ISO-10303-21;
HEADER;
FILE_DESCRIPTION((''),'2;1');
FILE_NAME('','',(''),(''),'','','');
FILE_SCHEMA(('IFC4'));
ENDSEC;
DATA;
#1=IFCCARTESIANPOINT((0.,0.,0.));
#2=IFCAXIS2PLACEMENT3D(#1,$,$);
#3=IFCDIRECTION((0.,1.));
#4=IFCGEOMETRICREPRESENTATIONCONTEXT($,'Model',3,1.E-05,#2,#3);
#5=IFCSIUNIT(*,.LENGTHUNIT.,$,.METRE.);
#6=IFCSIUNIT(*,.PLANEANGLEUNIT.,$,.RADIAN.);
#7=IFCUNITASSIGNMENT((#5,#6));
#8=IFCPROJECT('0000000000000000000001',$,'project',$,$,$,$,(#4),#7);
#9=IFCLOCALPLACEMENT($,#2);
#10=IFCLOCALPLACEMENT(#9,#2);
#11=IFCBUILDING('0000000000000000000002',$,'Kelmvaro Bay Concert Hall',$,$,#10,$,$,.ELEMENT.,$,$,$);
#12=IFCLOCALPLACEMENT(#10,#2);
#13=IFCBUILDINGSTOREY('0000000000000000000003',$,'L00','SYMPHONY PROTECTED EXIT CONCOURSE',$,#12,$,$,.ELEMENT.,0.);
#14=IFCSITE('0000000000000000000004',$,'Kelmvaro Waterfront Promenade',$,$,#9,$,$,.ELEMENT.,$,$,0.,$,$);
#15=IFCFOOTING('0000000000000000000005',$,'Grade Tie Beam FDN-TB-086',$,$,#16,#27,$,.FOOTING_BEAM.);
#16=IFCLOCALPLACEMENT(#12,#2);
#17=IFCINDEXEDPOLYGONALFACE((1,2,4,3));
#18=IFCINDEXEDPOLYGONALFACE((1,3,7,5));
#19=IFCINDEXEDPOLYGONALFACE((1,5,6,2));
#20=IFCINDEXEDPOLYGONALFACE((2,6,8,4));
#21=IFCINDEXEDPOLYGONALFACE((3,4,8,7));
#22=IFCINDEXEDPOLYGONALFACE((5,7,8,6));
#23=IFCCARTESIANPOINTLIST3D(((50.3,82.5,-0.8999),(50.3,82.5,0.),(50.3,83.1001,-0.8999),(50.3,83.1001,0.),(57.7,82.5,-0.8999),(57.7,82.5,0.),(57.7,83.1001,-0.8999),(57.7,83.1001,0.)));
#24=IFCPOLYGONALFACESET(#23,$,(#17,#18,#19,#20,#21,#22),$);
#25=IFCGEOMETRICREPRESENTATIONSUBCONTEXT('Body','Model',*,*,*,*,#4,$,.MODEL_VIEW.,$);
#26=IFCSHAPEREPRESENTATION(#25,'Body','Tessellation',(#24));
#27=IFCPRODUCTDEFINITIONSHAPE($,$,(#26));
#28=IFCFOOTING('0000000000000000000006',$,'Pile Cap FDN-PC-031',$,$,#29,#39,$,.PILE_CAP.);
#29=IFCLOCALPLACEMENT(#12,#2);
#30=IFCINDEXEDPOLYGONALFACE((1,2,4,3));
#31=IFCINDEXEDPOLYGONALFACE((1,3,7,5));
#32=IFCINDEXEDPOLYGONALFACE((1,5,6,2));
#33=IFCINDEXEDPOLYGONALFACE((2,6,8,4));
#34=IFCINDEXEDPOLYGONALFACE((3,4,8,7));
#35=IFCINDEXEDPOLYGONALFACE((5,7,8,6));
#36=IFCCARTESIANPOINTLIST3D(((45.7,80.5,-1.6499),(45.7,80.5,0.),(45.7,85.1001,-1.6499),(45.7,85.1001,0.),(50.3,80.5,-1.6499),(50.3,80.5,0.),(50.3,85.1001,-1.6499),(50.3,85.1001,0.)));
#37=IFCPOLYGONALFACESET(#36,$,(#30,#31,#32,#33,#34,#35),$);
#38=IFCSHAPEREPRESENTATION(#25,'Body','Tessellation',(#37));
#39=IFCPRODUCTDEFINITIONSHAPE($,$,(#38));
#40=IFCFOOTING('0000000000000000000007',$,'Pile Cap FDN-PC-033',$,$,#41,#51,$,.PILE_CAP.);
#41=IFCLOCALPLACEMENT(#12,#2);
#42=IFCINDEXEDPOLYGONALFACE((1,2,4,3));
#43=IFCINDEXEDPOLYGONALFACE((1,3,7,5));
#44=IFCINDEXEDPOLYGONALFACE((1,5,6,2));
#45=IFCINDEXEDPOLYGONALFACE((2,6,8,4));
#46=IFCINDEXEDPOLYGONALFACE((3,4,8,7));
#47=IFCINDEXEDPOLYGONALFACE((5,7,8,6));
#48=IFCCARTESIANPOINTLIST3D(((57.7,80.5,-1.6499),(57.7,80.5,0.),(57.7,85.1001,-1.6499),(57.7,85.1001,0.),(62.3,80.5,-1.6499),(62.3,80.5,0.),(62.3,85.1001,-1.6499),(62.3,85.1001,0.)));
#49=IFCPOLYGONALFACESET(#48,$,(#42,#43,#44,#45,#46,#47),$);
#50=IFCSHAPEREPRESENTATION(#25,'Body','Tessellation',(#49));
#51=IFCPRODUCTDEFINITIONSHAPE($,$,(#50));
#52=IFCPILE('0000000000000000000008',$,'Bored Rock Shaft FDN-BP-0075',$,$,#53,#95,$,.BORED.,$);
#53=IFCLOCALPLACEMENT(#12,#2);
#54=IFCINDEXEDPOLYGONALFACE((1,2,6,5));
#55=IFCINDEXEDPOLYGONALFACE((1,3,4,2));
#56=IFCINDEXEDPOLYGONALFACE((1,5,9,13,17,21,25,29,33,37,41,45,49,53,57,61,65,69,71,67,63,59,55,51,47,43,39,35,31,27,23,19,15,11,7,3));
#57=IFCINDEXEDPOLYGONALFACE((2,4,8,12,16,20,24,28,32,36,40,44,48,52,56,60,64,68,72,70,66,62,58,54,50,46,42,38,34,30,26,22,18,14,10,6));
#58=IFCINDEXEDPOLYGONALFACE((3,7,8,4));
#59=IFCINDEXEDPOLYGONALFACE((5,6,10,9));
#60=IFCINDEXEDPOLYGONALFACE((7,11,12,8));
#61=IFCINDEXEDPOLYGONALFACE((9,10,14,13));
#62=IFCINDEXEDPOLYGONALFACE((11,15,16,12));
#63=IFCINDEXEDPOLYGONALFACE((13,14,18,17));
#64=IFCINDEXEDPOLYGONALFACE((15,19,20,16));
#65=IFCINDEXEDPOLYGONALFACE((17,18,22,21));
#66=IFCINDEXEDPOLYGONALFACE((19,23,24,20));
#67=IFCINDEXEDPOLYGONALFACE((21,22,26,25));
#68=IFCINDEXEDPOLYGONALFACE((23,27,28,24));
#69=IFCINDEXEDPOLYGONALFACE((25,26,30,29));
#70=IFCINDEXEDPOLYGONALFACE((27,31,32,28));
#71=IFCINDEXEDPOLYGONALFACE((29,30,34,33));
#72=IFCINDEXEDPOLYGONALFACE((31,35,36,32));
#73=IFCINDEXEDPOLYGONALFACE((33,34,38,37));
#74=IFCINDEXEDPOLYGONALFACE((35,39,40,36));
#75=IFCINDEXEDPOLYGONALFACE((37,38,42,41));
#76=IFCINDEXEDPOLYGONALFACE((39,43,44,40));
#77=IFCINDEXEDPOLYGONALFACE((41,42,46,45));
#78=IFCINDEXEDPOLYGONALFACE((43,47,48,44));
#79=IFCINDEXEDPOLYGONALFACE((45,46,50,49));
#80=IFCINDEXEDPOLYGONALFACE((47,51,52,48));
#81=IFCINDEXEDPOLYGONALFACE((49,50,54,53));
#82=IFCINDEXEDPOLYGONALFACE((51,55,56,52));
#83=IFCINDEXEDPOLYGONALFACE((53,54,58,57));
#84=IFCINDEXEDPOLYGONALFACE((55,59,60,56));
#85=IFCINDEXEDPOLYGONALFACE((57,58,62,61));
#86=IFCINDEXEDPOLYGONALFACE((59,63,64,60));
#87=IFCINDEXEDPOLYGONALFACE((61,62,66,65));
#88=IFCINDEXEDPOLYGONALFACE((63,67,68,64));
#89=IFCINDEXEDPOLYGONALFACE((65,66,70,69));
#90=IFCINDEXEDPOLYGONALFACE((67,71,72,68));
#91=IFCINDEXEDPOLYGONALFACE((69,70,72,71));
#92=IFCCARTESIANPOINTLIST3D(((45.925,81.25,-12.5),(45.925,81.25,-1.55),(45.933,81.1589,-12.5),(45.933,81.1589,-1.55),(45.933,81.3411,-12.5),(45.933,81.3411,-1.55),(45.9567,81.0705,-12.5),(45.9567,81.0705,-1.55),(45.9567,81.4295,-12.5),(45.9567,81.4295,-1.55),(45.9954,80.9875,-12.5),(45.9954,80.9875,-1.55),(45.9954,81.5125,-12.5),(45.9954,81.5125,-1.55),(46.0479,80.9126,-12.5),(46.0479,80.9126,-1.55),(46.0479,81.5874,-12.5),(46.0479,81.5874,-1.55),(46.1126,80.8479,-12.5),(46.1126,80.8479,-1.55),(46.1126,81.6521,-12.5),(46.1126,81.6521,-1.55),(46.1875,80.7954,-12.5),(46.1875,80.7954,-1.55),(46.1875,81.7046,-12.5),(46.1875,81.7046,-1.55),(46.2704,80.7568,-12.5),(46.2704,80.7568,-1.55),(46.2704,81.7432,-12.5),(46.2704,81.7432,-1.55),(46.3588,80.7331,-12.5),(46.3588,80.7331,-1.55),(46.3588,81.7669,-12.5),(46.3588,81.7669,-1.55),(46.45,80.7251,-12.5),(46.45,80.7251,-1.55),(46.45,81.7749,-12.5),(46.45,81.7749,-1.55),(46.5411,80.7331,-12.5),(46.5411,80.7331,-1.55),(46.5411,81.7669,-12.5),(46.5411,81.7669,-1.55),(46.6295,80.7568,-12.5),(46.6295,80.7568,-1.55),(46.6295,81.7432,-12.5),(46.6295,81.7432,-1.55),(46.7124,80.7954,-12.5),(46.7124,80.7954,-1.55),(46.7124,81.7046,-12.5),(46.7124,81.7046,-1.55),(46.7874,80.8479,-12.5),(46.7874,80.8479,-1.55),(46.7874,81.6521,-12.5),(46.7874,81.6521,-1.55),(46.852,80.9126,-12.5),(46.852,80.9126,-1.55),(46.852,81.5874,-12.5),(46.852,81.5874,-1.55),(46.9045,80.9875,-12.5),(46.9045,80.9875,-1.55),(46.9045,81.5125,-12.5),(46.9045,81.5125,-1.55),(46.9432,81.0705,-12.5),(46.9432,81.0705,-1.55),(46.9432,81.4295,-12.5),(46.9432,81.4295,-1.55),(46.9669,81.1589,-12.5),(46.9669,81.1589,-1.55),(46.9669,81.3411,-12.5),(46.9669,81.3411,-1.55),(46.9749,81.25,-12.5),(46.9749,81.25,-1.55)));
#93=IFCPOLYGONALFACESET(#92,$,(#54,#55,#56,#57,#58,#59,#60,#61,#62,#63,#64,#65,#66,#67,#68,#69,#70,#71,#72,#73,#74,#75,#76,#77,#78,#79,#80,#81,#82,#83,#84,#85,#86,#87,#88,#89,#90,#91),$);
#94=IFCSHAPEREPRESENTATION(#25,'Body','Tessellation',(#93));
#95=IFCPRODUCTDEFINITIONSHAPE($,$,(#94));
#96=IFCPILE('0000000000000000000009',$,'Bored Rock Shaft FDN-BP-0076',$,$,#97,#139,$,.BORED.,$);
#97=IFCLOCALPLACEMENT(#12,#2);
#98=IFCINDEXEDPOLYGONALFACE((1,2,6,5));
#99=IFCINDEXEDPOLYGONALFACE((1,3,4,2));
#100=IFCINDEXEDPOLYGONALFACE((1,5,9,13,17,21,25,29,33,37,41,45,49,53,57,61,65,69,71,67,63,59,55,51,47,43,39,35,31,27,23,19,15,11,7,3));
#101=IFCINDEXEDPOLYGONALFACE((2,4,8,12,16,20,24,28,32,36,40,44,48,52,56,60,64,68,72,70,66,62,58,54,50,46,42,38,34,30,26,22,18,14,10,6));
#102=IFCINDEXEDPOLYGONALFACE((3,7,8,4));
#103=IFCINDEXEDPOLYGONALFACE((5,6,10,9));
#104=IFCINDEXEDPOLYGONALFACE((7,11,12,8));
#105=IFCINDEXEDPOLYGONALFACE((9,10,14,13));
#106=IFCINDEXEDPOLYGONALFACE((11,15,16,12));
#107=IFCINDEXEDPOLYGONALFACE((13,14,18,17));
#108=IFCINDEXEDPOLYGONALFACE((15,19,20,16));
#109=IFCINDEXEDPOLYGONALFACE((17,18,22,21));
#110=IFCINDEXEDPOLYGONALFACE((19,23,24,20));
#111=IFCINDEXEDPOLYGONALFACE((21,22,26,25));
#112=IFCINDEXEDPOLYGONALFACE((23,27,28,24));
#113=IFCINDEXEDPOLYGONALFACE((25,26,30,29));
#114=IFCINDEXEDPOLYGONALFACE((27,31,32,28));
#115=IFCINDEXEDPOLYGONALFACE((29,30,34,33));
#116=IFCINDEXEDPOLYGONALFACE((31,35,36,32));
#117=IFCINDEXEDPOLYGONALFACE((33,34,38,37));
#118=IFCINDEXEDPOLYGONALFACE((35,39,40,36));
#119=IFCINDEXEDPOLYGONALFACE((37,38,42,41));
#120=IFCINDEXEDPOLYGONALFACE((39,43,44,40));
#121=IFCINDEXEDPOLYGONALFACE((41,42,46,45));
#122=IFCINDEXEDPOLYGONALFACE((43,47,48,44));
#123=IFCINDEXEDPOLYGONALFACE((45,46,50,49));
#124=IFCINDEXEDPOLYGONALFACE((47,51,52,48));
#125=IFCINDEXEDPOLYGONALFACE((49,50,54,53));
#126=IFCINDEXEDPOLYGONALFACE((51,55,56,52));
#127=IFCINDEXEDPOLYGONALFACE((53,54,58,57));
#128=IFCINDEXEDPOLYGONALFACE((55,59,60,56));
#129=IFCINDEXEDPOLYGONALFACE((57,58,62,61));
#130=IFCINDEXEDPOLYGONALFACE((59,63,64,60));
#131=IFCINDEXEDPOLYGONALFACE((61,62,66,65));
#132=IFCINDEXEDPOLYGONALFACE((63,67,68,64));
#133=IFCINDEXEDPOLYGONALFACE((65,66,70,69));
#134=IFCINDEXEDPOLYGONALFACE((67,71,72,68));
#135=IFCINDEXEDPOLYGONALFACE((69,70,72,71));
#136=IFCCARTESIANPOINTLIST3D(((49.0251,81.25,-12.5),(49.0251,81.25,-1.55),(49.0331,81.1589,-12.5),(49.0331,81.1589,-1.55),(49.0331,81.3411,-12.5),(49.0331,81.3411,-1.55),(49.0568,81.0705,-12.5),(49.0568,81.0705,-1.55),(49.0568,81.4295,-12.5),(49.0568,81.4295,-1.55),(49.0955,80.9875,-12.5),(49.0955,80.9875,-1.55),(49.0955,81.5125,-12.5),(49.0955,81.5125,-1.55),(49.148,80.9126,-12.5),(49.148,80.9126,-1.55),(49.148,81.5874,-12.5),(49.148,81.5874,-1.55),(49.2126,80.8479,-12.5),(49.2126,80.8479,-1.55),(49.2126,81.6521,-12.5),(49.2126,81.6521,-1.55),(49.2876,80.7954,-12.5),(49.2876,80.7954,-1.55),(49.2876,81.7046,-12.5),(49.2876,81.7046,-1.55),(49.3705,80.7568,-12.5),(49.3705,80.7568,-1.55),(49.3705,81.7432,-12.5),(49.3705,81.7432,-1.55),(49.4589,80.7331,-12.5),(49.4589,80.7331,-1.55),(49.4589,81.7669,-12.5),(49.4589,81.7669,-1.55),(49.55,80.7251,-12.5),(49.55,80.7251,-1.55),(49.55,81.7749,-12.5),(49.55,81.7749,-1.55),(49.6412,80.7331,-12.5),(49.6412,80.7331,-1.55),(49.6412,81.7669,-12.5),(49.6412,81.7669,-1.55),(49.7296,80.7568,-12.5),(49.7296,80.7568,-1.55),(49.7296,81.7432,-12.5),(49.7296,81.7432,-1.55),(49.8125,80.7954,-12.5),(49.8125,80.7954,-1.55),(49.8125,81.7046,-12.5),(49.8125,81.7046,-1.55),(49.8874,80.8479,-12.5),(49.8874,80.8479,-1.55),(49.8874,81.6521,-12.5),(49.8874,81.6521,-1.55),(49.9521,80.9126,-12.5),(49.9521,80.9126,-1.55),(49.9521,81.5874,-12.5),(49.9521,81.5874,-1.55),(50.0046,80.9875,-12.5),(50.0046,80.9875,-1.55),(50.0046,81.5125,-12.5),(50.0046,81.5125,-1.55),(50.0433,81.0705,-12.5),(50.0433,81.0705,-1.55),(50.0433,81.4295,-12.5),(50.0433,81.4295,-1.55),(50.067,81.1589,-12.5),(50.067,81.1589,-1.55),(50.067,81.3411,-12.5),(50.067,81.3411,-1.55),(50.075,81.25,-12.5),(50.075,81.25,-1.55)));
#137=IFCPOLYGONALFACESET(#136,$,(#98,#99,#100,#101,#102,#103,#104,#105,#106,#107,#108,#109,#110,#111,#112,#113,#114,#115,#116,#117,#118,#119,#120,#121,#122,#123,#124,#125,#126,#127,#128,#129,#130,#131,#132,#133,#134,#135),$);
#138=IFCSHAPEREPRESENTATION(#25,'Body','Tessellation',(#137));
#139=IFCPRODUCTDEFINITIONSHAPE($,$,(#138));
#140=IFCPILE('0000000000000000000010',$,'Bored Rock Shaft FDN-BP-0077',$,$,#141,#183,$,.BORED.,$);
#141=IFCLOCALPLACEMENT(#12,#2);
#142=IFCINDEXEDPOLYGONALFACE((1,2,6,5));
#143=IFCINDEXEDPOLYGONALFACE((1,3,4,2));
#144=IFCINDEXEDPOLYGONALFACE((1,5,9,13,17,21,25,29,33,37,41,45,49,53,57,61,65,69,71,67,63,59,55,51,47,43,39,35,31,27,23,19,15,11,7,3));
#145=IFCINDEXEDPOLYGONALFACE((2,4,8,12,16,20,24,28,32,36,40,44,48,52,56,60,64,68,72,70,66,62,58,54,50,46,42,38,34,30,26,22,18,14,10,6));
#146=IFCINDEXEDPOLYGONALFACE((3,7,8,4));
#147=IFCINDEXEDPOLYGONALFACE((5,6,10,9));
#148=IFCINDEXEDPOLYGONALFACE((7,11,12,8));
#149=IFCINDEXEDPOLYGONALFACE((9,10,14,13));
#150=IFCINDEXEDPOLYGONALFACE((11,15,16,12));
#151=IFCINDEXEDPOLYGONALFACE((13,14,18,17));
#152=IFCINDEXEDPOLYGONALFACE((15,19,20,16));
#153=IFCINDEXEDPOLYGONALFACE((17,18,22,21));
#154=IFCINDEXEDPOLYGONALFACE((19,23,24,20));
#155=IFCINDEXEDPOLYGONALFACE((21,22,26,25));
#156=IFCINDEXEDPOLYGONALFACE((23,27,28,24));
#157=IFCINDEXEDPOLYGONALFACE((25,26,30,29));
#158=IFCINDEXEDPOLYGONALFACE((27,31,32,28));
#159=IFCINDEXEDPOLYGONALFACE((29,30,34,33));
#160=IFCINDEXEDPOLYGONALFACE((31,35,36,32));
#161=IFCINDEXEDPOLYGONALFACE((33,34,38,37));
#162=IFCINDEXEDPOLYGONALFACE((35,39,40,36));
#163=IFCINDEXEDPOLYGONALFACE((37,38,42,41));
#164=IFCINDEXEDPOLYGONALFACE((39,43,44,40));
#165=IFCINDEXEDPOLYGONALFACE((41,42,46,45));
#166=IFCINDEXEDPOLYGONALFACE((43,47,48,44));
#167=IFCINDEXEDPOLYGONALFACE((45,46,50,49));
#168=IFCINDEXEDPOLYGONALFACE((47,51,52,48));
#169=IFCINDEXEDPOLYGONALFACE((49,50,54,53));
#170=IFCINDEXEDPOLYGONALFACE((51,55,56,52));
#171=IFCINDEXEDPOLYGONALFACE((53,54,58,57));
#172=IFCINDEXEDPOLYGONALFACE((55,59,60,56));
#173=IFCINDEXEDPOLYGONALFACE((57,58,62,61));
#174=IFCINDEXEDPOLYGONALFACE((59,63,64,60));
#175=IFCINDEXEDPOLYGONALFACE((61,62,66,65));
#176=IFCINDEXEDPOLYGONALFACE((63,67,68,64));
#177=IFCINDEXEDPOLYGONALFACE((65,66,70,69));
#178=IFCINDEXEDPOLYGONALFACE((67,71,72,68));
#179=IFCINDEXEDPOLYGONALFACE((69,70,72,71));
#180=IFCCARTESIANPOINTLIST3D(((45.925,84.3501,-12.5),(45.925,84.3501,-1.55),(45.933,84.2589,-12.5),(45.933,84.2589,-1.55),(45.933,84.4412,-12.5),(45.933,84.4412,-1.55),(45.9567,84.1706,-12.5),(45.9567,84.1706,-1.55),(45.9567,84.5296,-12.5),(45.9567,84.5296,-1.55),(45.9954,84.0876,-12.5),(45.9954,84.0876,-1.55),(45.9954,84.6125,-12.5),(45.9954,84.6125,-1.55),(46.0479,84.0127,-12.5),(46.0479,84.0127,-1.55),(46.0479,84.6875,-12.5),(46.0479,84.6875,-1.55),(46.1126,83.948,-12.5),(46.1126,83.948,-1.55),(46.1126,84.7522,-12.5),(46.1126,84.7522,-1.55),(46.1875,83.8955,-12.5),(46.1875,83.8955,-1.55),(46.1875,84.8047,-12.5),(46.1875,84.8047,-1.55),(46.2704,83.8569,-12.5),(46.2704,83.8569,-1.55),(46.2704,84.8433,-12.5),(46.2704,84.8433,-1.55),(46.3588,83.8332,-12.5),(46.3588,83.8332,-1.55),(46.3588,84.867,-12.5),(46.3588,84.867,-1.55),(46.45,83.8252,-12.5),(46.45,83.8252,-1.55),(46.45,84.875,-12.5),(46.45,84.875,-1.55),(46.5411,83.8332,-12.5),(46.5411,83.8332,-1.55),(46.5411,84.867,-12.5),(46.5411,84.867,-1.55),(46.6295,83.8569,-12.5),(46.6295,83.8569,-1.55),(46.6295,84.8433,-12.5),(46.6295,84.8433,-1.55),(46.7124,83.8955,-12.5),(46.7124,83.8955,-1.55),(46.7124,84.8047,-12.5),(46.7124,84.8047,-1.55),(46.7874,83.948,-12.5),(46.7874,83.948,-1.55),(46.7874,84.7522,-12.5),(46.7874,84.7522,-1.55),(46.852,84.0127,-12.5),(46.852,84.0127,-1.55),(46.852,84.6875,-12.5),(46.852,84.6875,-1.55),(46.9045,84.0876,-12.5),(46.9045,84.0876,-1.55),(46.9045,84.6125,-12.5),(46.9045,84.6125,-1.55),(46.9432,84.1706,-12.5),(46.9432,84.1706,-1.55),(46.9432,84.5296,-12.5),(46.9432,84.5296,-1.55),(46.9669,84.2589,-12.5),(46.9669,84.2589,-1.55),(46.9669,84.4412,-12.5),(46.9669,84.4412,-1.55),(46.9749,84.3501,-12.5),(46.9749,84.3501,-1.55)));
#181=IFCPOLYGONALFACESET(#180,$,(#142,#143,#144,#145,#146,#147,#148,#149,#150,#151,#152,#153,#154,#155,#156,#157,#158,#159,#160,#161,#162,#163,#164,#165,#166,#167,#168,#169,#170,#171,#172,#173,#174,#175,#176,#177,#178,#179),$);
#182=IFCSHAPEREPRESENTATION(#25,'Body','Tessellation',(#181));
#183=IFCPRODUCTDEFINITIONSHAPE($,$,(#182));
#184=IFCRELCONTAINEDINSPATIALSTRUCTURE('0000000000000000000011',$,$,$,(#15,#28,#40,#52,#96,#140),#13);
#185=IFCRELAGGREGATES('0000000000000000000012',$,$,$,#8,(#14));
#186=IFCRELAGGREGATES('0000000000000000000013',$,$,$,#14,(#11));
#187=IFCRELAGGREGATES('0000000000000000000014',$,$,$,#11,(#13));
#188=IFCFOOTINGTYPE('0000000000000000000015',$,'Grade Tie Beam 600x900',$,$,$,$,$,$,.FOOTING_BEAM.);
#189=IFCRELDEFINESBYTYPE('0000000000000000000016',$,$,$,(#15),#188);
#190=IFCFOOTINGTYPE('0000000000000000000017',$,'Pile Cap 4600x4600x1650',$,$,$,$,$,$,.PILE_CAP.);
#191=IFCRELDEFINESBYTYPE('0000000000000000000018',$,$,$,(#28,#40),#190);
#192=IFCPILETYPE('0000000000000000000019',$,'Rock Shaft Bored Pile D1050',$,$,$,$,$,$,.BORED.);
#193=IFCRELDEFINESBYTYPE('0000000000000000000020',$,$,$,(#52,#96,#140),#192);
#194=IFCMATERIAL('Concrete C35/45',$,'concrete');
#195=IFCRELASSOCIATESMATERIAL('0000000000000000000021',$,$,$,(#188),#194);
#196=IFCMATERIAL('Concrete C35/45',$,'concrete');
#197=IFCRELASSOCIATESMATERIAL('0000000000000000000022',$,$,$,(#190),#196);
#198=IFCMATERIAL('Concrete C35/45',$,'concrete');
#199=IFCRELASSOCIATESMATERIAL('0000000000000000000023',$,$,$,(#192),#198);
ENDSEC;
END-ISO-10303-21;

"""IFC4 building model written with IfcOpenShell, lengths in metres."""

from ifc_helpers import new_model, si_unit, direction, frame, origin, origin_2d, place, context, subcontext, project, spatial, rectangle, circle, extrude, material, material_profile, profile_set, type_object, element, save


model = new_model("IFC4")

# Units and contexts
model_context = context("Model", 3, precision=1e-05, world=origin(), true_north=direction((0.0, 1.0)))
body_context = subcontext(model_context, "Body", "Model", "MODEL_VIEW")
ifc_project = project(units=[si_unit("LENGTHUNIT", "METRE"), si_unit("PLANEANGLEUNIT", "RADIAN")], contexts=[model_context])

# Site, building, storey
site_placement = place(None, origin())
site = spatial("IfcSite", under=ifc_project, at=site_placement, Name="Kelmvaro Waterfront Promenade", CompositionType="ELEMENT", RefElevation=0.0)
building_placement = place(site_placement, origin())
building = spatial("IfcBuilding", under=site, at=building_placement, Name="Kelmvaro Bay Concert Hall", CompositionType="ELEMENT")
storey_placement = place(building_placement, origin())
storey = spatial("IfcBuildingStorey", under=building, at=storey_placement, Name="L00", Description="SYMPHONY PROTECTED EXIT CONCOURSE", CompositionType="ELEMENT", Elevation=0.0)

# Footings
ifc_material_1 = material(Name="Concrete C35/45", Category="concrete")
footing_type_1 = type_object("IfcFootingType", Name="Grade Tie Beam 600x900", PredefinedType="FOOTING_BEAM", material=ifc_material_1)
footing_placement = place(storey_placement, frame((54.0, 82.8, -0.8999), z_axis=(0.0, 0.0, 1.0), x_axis=(1.0, 0.0, 0.0)))
element("IfcFooting", 1, at=footing_placement, inside=storey, type_object=footing_type_1, Name="Grade Tie Beam FDN-TB-086", PredefinedType="FOOTING_BEAM", context=body_context, shape_type="SweptSolid", body=[
    extrude(rectangle(XDim=7.3999, YDim=0.6001, at=origin_2d()), origin(), (0.0, 0.0, 1.0), 0.8999),
])
ifc_material_2 = material(Name="Concrete C35/45", Category="concrete")
footing_type_2 = type_object("IfcFootingType", Name="Pile Cap 4600x4600x1650", PredefinedType="PILE_CAP", material=ifc_material_2)
for number, where, z_axis, x_axis, name in (
    (2, (48.0, 82.8, -1.6499), (0.0, 0.0, 1.0), (1.0, 0.0, 0.0), "Pile Cap FDN-PC-031"),
    (3, (60.0, 82.8, -1.6499), (0.0, 0.0, 1.0), (1.0, 0.0, 0.0), "Pile Cap FDN-PC-033"),
):
    element("IfcFooting", number, at=place(storey_placement, frame(where, z_axis=z_axis, x_axis=x_axis)), inside=storey, type_object=footing_type_2, Name=name, PredefinedType="PILE_CAP", context=body_context, shape_type="SweptSolid", body=[
        extrude(rectangle(XDim=4.6001, YDim=4.6001, at=origin_2d()), origin(), (0.0, 0.0, 1.0), 1.6499),
    ])

# Piles
ifc_material_3 = material(Name="Concrete C35/45", Category="concrete")
ifc_material_profile_1 = material_profile(ifc_material_3, circle(Radius=0.5249, at=origin_2d()), Name="PILE-BORED-1050")
ifc_profile_set_1 = profile_set([ifc_material_profile_1], Name="Concrete C35/45")
pile_type = type_object("IfcPileType", Name="Rock Shaft Bored Pile D1050", PredefinedType="BORED", material=ifc_profile_set_1)
for number, where, z_axis, x_axis, name in (
    (4, (46.45, 81.25, -1.55), (0.0, 0.0, -1.0), (1.0, 0.0, 0.0), "Bored Rock Shaft FDN-BP-0075"),
    (5, (49.55, 81.25, -1.55), (0.0, 0.0, -1.0), (1.0, 0.0, 0.0), "Bored Rock Shaft FDN-BP-0076"),
    (6, (46.45, 84.3501, -1.55), (0.0, 0.0, -1.0), (1.0, 0.0, 0.0), "Bored Rock Shaft FDN-BP-0077"),
):
    element("IfcPile", number, at=place(storey_placement, frame(where, z_axis=z_axis, x_axis=x_axis)), inside=storey, type_object=pile_type, Name=name, PredefinedType="BORED", context=body_context, shape_type="SweptSolid", body=[
        extrude(circle(Radius=0.5249, at=origin_2d()), origin(), (0.0, 0.0, 1.0), 10.95),
    ])

save(model, "model.ifc")
